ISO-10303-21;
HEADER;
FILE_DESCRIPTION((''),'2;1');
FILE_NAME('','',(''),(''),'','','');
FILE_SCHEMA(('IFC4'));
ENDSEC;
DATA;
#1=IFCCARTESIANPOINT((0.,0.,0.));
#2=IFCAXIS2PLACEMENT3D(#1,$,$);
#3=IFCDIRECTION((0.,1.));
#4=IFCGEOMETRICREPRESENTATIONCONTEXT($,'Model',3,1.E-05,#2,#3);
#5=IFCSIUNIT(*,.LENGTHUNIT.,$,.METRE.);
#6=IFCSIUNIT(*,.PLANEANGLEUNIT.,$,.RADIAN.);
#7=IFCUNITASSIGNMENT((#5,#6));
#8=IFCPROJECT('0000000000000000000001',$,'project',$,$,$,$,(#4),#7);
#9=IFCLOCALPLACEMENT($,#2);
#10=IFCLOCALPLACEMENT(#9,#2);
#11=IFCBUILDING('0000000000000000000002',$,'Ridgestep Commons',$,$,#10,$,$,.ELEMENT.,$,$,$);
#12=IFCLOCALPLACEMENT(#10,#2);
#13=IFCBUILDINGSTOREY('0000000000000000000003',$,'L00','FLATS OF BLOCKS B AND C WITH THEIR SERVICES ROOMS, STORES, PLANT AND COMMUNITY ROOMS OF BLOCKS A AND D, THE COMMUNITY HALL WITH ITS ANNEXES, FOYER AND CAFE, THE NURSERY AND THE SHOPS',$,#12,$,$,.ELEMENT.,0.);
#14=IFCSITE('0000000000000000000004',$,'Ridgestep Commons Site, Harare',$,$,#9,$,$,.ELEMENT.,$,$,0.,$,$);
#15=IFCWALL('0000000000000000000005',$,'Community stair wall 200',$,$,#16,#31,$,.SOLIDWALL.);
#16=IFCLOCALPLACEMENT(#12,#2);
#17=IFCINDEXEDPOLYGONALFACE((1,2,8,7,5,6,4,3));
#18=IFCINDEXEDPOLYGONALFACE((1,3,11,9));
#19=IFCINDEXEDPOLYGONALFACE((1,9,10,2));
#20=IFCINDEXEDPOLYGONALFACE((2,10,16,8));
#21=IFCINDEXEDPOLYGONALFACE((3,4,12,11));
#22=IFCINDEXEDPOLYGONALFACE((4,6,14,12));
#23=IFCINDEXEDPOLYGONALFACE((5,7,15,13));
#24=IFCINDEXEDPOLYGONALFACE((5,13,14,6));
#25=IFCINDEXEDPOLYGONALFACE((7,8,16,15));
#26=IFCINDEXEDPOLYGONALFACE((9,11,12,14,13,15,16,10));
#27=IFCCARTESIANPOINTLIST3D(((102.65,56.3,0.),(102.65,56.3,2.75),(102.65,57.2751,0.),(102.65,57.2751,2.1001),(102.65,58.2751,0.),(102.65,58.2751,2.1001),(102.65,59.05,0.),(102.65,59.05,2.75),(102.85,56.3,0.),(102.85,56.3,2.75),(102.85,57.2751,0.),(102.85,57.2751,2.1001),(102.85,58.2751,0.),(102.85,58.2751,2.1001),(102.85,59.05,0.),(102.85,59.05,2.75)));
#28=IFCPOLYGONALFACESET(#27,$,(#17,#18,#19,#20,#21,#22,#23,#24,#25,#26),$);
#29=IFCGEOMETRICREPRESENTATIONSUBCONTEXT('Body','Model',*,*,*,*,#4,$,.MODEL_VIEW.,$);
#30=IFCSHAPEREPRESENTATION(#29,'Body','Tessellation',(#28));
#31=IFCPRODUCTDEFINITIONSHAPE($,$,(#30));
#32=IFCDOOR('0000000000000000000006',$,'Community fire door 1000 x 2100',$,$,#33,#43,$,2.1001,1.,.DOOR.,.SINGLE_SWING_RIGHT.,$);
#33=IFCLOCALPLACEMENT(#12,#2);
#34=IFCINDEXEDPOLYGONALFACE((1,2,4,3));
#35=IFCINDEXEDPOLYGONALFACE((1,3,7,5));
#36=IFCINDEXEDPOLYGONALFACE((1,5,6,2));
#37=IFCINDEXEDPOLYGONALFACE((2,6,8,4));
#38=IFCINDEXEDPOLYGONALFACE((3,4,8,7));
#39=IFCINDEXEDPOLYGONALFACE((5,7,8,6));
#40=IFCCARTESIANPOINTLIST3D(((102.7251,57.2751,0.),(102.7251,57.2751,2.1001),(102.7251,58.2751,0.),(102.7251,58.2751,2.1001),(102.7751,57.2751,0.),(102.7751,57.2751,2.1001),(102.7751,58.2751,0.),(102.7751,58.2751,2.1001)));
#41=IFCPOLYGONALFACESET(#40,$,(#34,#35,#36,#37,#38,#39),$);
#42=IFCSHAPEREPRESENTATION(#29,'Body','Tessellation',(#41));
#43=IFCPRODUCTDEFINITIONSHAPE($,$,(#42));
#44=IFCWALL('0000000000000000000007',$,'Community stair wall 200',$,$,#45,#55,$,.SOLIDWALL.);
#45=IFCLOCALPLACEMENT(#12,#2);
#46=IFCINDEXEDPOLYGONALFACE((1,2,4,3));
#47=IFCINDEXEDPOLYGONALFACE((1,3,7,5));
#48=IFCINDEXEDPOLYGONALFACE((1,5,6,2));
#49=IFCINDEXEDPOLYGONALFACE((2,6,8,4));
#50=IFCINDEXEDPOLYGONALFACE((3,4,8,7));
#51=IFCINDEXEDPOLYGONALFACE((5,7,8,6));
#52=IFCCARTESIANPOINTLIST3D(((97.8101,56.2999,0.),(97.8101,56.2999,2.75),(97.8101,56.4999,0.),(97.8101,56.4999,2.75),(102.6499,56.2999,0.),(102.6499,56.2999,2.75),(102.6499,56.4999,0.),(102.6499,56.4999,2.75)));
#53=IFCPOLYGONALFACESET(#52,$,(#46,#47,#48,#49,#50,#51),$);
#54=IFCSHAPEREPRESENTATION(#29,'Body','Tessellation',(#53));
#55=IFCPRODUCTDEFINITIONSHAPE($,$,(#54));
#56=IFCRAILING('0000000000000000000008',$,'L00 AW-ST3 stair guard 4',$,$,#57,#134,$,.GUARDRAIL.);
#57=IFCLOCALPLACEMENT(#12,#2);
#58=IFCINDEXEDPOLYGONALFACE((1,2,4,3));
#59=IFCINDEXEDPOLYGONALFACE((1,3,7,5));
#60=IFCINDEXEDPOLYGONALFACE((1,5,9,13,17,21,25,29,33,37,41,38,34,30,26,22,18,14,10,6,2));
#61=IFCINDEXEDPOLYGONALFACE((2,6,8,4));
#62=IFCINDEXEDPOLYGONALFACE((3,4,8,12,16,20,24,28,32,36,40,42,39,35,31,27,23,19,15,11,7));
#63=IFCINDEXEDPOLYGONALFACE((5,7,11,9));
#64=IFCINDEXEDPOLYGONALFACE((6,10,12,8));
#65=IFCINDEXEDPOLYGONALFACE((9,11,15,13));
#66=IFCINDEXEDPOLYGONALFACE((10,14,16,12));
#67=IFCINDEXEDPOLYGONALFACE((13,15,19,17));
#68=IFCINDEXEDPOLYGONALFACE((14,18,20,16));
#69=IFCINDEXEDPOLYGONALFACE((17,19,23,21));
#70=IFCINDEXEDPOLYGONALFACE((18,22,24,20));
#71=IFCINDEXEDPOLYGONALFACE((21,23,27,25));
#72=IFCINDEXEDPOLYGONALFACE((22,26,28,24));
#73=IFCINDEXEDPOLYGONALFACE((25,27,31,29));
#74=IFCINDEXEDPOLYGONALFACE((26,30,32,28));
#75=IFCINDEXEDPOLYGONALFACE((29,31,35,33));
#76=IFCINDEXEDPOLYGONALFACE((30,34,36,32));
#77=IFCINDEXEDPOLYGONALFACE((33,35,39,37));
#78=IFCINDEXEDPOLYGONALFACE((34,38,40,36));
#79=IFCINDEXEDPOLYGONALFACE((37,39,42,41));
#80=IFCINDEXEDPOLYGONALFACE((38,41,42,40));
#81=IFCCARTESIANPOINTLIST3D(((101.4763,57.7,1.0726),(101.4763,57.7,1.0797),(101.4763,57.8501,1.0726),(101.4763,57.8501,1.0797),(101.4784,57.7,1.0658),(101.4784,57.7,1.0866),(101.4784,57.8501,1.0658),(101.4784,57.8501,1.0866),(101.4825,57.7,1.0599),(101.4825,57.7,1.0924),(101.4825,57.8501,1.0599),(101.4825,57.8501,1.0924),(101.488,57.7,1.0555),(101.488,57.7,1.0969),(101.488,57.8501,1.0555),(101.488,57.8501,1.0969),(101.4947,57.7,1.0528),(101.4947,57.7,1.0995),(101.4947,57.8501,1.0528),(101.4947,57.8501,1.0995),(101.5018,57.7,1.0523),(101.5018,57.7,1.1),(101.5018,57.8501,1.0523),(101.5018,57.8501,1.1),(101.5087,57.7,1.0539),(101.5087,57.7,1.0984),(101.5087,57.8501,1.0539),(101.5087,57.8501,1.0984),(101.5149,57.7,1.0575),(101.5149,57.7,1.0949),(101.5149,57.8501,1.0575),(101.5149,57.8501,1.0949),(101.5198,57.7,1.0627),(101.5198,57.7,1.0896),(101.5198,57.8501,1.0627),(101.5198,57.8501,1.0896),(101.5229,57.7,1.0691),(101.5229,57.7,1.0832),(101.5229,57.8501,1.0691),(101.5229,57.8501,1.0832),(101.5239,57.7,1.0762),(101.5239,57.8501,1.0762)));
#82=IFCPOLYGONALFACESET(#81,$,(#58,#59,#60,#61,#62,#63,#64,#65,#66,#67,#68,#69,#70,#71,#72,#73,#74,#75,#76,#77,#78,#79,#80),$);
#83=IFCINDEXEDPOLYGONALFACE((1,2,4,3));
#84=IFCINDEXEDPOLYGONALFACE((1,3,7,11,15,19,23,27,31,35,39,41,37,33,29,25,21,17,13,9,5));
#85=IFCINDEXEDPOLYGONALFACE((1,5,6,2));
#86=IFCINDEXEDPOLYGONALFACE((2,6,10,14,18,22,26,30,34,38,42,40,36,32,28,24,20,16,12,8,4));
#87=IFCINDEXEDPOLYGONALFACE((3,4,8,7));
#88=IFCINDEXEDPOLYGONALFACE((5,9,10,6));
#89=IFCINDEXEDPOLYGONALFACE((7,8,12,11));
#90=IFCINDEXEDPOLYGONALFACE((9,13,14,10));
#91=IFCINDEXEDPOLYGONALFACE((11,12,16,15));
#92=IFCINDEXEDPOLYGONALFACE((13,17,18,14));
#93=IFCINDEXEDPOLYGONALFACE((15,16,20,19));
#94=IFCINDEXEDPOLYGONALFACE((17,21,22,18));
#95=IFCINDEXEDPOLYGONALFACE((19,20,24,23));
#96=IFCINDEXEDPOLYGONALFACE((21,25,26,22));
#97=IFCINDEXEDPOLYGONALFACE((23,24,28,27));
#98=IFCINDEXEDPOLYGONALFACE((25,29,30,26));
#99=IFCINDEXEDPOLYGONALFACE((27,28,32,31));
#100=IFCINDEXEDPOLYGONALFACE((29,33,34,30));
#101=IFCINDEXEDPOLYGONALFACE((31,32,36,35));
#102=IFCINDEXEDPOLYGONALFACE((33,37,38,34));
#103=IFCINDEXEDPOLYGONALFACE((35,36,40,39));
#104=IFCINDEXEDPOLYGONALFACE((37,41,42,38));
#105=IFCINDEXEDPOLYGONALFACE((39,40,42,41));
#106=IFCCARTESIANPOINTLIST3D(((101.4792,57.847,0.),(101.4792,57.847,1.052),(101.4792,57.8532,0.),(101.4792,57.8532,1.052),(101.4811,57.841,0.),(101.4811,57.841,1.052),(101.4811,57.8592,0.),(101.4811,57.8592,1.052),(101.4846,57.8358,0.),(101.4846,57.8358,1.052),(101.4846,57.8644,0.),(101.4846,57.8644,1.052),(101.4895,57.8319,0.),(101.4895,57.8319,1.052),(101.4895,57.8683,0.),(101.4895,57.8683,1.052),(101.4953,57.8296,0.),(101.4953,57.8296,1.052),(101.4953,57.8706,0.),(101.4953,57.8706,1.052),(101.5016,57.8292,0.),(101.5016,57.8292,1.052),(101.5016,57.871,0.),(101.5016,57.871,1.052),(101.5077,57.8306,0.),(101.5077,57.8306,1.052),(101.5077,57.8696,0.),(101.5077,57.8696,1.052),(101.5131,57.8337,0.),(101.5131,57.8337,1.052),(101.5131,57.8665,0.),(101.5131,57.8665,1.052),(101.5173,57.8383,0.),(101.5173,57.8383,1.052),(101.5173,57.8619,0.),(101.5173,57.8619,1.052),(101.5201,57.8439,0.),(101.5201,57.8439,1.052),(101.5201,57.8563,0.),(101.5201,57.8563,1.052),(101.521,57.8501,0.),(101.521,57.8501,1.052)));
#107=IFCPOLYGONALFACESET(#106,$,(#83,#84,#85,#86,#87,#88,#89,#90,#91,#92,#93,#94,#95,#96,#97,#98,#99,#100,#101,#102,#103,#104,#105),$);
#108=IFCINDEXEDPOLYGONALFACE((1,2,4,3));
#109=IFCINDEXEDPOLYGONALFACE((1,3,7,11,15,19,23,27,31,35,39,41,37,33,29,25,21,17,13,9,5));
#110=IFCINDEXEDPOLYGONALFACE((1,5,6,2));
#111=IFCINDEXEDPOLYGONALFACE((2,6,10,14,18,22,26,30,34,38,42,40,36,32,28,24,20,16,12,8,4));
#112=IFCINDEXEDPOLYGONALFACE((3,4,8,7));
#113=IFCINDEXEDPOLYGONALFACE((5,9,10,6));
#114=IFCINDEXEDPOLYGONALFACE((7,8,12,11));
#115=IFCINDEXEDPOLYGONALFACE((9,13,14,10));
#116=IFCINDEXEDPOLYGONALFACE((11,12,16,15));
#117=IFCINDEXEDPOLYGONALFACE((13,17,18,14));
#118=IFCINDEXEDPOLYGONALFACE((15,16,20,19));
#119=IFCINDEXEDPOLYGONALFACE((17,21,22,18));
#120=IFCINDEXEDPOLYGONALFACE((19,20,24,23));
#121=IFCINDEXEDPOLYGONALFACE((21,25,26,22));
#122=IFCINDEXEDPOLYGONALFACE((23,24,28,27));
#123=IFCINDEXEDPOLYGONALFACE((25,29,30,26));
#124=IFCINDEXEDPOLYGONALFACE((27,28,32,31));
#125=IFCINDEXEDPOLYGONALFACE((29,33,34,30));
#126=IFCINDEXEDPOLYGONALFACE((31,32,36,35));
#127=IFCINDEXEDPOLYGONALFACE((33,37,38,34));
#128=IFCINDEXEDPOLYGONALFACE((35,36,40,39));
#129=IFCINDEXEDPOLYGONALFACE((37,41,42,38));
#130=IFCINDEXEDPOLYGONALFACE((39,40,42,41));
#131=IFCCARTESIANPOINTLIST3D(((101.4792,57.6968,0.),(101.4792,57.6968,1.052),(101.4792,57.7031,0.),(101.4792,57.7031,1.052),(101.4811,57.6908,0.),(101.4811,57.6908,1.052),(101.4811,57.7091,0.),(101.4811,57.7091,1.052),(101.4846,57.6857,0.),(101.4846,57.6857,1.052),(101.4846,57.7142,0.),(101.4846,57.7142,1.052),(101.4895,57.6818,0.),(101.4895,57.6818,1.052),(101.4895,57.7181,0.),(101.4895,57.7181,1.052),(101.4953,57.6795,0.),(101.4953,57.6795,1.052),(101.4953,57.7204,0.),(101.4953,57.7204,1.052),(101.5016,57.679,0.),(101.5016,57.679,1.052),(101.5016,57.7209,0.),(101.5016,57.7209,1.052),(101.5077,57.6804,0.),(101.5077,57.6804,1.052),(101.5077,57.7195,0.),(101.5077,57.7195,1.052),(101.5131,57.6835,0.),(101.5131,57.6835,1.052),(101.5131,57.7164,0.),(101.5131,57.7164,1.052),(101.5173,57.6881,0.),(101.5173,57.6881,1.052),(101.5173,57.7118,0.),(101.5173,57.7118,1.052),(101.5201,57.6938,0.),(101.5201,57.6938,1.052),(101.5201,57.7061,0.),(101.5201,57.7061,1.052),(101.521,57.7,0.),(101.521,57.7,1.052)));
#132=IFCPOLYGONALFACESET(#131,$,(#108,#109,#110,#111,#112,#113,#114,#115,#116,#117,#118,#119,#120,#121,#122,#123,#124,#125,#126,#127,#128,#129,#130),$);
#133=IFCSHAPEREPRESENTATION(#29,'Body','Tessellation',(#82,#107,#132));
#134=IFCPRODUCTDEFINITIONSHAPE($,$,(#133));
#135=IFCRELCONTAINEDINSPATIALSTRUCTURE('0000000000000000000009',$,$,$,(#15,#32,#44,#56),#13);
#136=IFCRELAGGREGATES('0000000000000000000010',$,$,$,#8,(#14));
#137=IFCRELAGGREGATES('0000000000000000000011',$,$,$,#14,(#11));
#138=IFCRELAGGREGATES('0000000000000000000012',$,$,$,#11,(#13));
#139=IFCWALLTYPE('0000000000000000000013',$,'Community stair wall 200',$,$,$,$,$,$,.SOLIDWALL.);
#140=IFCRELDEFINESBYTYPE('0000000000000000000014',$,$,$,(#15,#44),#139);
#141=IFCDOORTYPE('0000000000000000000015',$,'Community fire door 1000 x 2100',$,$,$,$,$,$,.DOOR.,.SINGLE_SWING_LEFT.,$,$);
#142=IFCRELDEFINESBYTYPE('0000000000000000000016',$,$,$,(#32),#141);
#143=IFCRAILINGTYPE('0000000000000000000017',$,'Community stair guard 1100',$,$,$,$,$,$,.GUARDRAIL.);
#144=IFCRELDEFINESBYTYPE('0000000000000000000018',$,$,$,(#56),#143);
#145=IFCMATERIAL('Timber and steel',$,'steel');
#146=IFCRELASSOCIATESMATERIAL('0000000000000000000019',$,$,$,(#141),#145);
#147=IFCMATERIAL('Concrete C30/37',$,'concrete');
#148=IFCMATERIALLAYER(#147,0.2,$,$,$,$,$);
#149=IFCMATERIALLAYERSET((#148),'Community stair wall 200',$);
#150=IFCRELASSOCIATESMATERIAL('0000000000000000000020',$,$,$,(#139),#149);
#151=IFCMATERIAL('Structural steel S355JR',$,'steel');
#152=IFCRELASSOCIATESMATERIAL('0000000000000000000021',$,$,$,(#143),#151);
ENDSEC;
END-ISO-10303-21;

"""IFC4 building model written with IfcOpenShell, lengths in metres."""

from ifc_helpers import new_model, si_unit, direction, frame, frame_2d, origin, origin_2d, place, context, subcontext, project, spatial, rectangle, circle, extrude, material, layer, layer_set, type_object, element, fill, save


model = new_model("IFC4")

# Units and contexts
model_context = context("Model", 3, precision=1e-05, world=origin(), true_north=direction((0.0, 1.0)))
body_context = subcontext(model_context, "Body", "Model", "MODEL_VIEW")
ifc_project = project(units=[si_unit("LENGTHUNIT", "METRE"), si_unit("PLANEANGLEUNIT", "RADIAN")], contexts=[model_context])

# Site, building, storey
site_placement = place(None, origin())
site = spatial("IfcSite", under=ifc_project, at=site_placement, Name="Ridgestep Commons Site, Harare", CompositionType="ELEMENT", RefElevation=0.0)
building_placement = place(site_placement, origin())
building = spatial("IfcBuilding", under=site, at=building_placement, Name="Ridgestep Commons", CompositionType="ELEMENT")
storey_placement = place(building_placement, origin())
storey = spatial("IfcBuildingStorey", under=building, at=storey_placement, Name="L00", Description="FLATS OF BLOCKS B AND C WITH THEIR SERVICES ROOMS, STORES, PLANT AND COMMUNITY ROOMS OF BLOCKS A AND D, THE COMMUNITY HALL WITH ITS ANNEXES, FOYER AND CAFE, THE NURSERY AND THE SHOPS", CompositionType="ELEMENT", Elevation=0.0)

# Shared definitions
ifc_material_1 = material(Name="Timber and steel", Category="steel")
door_type = type_object("IfcDoorType", Name="Community fire door 1000 x 2100", OperationType="SINGLE_SWING_LEFT", PredefinedType="DOOR", material=ifc_material_1)

# Wall, opening, door
ifc_material_2 = material(Name="Concrete C30/37", Category="concrete")
ifc_layer_1 = layer(ifc_material_2, 0.2)
ifc_layer_set_1 = layer_set([ifc_layer_1], Name="Community stair wall 200")
wall_type_1 = type_object("IfcWallType", Name="Community stair wall 200", PredefinedType="SOLIDWALL", material=ifc_layer_set_1)
wall_1_placement = place(storey_placement, frame((102.75, 56.3, 0.0), z_axis=(0.0, 0.0, 1.0), x_axis=(0.0, 1.0, 0.0)))
wall_1 = element("IfcWall", 1, at=wall_1_placement, inside=storey, type_object=wall_type_1, Name="Community stair wall 200", PredefinedType="SOLIDWALL", context=body_context, shape_type="SweptSolid", body=[
    extrude(rectangle(XDim=2.75, YDim=0.2, at=frame_2d((1.375, 0.0))), origin(), (0.0, 0.0, 1.0), 2.75),
])
opening_1_placement = place(wall_1_placement, frame((0.9751, 0.0, 0.0)))
opening_1 = element("IfcOpeningElement", 2, at=opening_1_placement, cuts=wall_1, PredefinedType="OPENING", context=body_context, shape_type="SweptSolid", body=[
    extrude(rectangle(XDim=1.0, YDim=2.1001, at=frame_2d((0.5, 1.05))), frame((0.0, 0.1099, 0.0), z_axis=(0.0, -1.0, 0.0), x_axis=(1.0, 0.0, 0.0)), (0.0, 0.0, 1.0), 0.22),
])
door_1_placement = place(opening_1_placement, origin())
door_1 = element("IfcDoor", 3, at=door_1_placement, inside=storey, type_object=door_type, Name="Community fire door 1000 x 2100", OperationType="SINGLE_SWING_RIGHT", OverallHeight=2.1001, OverallWidth=1.0, PredefinedType="DOOR", context=body_context, shape_type="SweptSolid", body=[
    extrude(rectangle(XDim=1.0, YDim=2.1001, at=frame_2d((0.5, 1.05))), frame((0.0, 0.0249, 0.0), z_axis=(0.0, -1.0, 0.0), x_axis=(1.0, 0.0, 0.0)), (0.0, 0.0, 1.0), 0.05),
])
fill(opening_1, door_1)

# Wall
wall_2_placement = place(storey_placement, frame((102.6499, 56.3999, 0.0), z_axis=(0.0, 0.0, 1.0), x_axis=(-1.0, 0.0, 0.0)))
element("IfcWall", 4, at=wall_2_placement, inside=storey, type_object=wall_type_1, Name="Community stair wall 200", PredefinedType="SOLIDWALL", context=body_context, shape_type="SweptSolid", body=[
    extrude(rectangle(XDim=4.8398, YDim=0.2, at=frame_2d((2.4199, 0.0))), origin(), (0.0, 0.0, 1.0), 2.75),
])

# Railing
ifc_material_3 = material(Name="Structural steel S355JR", Category="steel")
railing_type = type_object("IfcRailingType", Name="Community stair guard 1100", PredefinedType="GUARDRAIL", material=ifc_material_3)
railing_placement = place(storey_placement, frame((101.5, 57.8501, 0.0)))
element("IfcRailing", 5, at=railing_placement, inside=storey, type_object=railing_type, Name="L00 AW-ST3 stair guard 4", PredefinedType="GUARDRAIL", context=body_context, shape_type="SweptSolid", body=[
    extrude(circle(Radius=0.0239, at=origin_2d()), frame((0.0, 0.0, 1.0762), z_axis=(0.0, -1.0, 0.0), x_axis=(1.0, 0.0, 0.0)), (0.0, 0.0, 1.0), 0.1501),
    extrude(circle(Radius=0.021, at=origin_2d()), origin(), (0.0, 0.0, 1.0), 1.052),
    extrude(circle(Radius=0.021, at=origin_2d()), frame((0.0, -0.1501, 0.0)), (0.0, 0.0, 1.0), 1.052),
])

save(model, "model.ifc")
